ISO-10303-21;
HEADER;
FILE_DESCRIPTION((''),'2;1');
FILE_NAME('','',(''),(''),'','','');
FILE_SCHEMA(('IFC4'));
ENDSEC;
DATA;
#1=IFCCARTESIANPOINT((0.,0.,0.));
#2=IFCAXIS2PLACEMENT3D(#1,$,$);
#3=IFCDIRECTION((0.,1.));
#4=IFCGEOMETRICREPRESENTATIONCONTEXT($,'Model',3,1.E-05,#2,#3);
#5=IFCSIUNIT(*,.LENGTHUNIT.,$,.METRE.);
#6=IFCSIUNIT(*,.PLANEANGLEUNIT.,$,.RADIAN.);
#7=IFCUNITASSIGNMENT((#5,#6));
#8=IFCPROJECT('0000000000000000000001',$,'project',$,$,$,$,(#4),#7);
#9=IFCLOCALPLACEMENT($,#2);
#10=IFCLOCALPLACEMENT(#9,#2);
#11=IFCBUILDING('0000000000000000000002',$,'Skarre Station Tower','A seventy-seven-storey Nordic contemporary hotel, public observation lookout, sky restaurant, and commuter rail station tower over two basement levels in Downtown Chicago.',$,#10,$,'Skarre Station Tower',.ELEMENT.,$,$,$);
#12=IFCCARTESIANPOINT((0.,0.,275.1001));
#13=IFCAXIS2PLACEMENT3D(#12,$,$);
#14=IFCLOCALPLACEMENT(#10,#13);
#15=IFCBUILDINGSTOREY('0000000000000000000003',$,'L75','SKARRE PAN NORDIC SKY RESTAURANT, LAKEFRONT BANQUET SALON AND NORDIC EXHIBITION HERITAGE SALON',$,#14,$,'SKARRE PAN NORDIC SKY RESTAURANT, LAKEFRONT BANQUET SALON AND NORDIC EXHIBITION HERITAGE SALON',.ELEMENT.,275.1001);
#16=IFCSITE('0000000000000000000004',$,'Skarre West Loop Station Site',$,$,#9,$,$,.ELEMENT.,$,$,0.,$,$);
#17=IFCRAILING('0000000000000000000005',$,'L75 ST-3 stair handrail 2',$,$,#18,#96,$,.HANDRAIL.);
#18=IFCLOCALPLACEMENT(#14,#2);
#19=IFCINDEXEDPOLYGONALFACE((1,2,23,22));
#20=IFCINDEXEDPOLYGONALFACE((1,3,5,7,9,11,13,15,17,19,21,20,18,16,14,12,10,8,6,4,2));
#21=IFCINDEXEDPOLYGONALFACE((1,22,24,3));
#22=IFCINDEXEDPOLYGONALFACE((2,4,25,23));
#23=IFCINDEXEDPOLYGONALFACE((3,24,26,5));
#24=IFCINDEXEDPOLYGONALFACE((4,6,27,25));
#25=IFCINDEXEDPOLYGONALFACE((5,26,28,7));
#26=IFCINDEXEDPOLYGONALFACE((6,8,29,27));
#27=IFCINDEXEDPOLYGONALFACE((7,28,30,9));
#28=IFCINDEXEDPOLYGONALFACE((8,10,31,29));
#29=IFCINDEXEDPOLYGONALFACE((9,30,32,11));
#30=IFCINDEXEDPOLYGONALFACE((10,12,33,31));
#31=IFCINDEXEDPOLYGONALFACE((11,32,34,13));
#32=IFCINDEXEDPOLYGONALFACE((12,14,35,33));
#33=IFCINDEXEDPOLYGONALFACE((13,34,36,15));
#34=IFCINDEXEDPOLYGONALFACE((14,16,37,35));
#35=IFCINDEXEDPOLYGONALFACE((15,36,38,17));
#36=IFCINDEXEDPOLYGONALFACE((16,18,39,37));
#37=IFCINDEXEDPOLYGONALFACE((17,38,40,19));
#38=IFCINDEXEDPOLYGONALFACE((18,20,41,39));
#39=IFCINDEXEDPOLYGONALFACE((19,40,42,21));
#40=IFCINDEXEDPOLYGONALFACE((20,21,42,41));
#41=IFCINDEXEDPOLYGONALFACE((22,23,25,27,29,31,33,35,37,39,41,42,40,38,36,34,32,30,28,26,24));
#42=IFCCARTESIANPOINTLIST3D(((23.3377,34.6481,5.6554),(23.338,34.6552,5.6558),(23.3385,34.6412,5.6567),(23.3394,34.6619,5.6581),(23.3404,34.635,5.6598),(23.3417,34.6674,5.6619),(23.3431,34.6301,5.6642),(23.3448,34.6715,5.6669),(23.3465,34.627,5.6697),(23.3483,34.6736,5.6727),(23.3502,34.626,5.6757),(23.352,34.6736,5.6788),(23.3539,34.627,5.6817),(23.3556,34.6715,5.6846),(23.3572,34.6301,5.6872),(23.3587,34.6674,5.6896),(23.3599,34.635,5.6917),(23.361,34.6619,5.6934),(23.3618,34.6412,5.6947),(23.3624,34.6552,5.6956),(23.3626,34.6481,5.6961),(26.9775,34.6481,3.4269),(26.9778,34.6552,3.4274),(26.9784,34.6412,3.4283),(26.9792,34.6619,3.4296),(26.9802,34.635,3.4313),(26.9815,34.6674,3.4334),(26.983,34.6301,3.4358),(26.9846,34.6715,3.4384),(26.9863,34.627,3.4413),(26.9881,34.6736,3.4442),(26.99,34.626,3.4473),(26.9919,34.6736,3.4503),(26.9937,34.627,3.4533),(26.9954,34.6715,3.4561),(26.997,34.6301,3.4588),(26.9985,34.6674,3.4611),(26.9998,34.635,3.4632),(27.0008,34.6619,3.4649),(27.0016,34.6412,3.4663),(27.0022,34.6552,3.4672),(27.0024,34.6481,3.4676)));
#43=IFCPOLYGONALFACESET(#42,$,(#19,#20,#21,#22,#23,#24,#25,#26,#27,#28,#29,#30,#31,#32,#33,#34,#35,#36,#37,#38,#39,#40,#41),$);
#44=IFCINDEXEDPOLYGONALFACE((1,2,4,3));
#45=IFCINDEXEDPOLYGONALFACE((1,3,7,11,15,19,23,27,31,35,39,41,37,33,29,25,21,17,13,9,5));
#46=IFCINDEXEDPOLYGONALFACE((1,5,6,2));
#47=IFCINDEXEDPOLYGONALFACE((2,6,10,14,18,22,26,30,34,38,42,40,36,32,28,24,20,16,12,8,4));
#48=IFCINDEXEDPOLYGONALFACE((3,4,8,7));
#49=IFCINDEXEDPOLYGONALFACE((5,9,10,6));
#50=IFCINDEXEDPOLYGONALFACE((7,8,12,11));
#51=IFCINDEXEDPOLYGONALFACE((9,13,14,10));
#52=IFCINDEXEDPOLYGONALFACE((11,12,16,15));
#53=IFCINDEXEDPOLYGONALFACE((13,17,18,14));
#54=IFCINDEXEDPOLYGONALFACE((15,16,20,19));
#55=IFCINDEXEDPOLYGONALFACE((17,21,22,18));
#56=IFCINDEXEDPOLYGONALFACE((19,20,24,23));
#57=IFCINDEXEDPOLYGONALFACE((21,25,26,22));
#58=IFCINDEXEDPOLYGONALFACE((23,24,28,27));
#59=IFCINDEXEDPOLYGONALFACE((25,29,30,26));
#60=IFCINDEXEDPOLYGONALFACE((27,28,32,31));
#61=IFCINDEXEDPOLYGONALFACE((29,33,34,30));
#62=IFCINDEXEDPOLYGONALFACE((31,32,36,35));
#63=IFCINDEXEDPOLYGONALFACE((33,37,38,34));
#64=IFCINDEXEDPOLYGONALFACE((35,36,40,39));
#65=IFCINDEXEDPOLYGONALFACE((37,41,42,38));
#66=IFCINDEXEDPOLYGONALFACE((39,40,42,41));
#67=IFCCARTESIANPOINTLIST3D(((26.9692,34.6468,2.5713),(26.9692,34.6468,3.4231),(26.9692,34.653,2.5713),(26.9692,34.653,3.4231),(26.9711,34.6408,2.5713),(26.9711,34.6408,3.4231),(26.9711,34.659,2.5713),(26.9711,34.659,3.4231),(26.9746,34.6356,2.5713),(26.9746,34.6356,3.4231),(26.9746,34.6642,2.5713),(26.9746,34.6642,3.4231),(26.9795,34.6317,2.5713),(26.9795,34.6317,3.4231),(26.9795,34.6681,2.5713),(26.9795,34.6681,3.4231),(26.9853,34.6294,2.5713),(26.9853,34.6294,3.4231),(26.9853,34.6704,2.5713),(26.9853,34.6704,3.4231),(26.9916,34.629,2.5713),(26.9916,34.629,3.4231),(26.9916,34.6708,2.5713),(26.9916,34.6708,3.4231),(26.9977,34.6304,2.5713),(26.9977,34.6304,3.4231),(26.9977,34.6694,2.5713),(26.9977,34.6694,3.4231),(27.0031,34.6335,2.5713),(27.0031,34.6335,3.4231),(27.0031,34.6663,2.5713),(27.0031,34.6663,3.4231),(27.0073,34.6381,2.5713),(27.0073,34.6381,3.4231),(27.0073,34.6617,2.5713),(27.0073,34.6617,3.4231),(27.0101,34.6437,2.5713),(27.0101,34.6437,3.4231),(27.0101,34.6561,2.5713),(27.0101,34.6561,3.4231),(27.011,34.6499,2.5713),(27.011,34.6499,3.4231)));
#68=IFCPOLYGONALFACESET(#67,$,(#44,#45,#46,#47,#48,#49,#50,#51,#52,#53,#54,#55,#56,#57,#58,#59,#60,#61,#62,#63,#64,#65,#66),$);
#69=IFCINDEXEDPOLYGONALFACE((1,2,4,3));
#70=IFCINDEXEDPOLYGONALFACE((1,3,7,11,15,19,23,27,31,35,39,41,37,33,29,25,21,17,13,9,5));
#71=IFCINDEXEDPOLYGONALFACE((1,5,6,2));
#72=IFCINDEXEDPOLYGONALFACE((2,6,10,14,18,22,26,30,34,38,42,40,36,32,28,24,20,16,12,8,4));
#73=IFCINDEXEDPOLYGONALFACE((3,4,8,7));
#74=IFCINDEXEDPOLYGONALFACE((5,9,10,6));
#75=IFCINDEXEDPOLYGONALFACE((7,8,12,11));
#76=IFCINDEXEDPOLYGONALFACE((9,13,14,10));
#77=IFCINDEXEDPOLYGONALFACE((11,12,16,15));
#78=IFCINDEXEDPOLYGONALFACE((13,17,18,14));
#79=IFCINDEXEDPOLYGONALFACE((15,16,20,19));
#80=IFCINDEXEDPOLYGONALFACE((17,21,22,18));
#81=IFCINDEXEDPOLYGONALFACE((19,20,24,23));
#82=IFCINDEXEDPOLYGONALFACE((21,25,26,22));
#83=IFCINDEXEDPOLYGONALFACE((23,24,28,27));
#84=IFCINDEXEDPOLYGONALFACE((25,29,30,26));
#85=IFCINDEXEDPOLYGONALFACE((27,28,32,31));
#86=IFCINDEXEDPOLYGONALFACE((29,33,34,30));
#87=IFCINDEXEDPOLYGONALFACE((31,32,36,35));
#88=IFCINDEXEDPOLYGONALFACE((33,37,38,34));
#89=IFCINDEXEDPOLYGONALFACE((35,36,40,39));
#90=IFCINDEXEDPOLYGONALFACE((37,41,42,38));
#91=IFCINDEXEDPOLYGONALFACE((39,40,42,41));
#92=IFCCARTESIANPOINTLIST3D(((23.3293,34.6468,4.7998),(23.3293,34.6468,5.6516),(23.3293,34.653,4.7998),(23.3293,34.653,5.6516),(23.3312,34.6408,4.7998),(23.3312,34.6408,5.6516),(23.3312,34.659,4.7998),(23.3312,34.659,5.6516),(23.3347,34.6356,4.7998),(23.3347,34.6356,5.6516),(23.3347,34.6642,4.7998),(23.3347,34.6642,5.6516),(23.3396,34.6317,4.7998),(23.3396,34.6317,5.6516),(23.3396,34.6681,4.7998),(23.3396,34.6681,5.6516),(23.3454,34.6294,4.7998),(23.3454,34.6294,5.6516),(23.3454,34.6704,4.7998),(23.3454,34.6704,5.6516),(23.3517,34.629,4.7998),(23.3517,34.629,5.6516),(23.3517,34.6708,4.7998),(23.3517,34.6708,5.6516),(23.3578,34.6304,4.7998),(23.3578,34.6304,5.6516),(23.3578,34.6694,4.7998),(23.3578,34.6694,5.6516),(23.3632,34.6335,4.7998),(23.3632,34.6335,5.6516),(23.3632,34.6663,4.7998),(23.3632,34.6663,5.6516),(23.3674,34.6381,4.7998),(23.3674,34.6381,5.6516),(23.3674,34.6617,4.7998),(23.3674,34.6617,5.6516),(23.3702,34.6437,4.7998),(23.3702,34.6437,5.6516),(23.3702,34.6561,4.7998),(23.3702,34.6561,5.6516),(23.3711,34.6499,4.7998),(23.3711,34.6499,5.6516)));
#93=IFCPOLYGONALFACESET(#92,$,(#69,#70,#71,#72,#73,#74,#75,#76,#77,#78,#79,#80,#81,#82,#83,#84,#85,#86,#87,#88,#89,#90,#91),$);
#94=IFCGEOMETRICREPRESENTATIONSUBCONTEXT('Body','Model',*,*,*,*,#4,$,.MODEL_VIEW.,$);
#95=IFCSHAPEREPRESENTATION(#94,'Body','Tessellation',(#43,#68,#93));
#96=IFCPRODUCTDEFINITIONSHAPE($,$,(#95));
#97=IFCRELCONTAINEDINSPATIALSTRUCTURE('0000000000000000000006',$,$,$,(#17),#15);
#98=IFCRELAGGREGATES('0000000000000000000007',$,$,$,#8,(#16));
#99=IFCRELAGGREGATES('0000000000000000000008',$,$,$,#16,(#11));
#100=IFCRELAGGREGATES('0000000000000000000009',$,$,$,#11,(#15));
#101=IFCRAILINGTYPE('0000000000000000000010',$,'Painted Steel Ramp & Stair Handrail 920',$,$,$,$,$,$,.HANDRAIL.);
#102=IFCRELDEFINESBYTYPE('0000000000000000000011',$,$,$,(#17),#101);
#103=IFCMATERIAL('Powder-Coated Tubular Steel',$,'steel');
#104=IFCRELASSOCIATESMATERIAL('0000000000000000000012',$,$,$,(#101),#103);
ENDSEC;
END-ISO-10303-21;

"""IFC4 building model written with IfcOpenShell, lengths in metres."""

from ifc_helpers import new_model, si_unit, direction, frame, origin, origin_2d, place, context, subcontext, project, spatial, circle, extrude, material, type_object, element, save


model = new_model("IFC4")

# Units and contexts
model_context = context("Model", 3, precision=1e-05, world=origin(), true_north=direction((0.0, 1.0)))
body_context = subcontext(model_context, "Body", "Model", "MODEL_VIEW")
ifc_project = project(units=[si_unit("LENGTHUNIT", "METRE"), si_unit("PLANEANGLEUNIT", "RADIAN")], contexts=[model_context])

# Site, building, storey
site_placement = place(None, origin())
site = spatial("IfcSite", under=ifc_project, at=site_placement, Name="Skarre West Loop Station Site", CompositionType="ELEMENT", RefElevation=0.0)
building_placement = place(site_placement, origin())
building = spatial("IfcBuilding", under=site, at=building_placement, Name="Skarre Station Tower", Description="A seventy-seven-storey Nordic contemporary hotel, public observation lookout, sky restaurant, and commuter rail station tower over two basement levels in Downtown Chicago.", LongName="Skarre Station Tower", CompositionType="ELEMENT")
storey_placement = place(building_placement, frame((0.0, 0.0, 275.1001)))
storey = spatial("IfcBuildingStorey", under=building, at=storey_placement, Name="L75", Description="SKARRE PAN NORDIC SKY RESTAURANT, LAKEFRONT BANQUET SALON AND NORDIC EXHIBITION HERITAGE SALON", LongName="SKARRE PAN NORDIC SKY RESTAURANT, LAKEFRONT BANQUET SALON AND NORDIC EXHIBITION HERITAGE SALON", CompositionType="ELEMENT", Elevation=275.1001)

# Railing
ifc_material_1 = material(Name="Powder-Coated Tubular Steel", Category="steel")
railing_type = type_object("IfcRailingType", Name="Painted Steel Ramp & Stair Handrail 920", PredefinedType="HANDRAIL", material=ifc_material_1)
railing_placement = place(storey_placement, frame((26.99, 34.6499, 2.5713)))
element("IfcRailing", 1, at=railing_placement, inside=storey, type_object=railing_type, Name="L75 ST-3 stair handrail 2", PredefinedType="HANDRAIL", context=body_context, shape_type="SweptSolid", body=[
    extrude(circle(Radius=0.0239, at=origin_2d()), frame((0.0, 0.0, 0.876), z_axis=(-0.85285, 0.0, 0.522156), x_axis=(0.0, -1.0, 0.0)), (0.0, 0.0, 1.0), 4.2678),
    extrude(circle(Radius=0.021, at=origin_2d()), origin(), (0.0, 0.0, 1.0), 0.8518),
    extrude(circle(Radius=0.021, at=origin_2d()), frame((-3.6399, 0.0, 2.2285)), (0.0, 0.0, 1.0), 0.8518),
])

save(model, "model.ifc")
